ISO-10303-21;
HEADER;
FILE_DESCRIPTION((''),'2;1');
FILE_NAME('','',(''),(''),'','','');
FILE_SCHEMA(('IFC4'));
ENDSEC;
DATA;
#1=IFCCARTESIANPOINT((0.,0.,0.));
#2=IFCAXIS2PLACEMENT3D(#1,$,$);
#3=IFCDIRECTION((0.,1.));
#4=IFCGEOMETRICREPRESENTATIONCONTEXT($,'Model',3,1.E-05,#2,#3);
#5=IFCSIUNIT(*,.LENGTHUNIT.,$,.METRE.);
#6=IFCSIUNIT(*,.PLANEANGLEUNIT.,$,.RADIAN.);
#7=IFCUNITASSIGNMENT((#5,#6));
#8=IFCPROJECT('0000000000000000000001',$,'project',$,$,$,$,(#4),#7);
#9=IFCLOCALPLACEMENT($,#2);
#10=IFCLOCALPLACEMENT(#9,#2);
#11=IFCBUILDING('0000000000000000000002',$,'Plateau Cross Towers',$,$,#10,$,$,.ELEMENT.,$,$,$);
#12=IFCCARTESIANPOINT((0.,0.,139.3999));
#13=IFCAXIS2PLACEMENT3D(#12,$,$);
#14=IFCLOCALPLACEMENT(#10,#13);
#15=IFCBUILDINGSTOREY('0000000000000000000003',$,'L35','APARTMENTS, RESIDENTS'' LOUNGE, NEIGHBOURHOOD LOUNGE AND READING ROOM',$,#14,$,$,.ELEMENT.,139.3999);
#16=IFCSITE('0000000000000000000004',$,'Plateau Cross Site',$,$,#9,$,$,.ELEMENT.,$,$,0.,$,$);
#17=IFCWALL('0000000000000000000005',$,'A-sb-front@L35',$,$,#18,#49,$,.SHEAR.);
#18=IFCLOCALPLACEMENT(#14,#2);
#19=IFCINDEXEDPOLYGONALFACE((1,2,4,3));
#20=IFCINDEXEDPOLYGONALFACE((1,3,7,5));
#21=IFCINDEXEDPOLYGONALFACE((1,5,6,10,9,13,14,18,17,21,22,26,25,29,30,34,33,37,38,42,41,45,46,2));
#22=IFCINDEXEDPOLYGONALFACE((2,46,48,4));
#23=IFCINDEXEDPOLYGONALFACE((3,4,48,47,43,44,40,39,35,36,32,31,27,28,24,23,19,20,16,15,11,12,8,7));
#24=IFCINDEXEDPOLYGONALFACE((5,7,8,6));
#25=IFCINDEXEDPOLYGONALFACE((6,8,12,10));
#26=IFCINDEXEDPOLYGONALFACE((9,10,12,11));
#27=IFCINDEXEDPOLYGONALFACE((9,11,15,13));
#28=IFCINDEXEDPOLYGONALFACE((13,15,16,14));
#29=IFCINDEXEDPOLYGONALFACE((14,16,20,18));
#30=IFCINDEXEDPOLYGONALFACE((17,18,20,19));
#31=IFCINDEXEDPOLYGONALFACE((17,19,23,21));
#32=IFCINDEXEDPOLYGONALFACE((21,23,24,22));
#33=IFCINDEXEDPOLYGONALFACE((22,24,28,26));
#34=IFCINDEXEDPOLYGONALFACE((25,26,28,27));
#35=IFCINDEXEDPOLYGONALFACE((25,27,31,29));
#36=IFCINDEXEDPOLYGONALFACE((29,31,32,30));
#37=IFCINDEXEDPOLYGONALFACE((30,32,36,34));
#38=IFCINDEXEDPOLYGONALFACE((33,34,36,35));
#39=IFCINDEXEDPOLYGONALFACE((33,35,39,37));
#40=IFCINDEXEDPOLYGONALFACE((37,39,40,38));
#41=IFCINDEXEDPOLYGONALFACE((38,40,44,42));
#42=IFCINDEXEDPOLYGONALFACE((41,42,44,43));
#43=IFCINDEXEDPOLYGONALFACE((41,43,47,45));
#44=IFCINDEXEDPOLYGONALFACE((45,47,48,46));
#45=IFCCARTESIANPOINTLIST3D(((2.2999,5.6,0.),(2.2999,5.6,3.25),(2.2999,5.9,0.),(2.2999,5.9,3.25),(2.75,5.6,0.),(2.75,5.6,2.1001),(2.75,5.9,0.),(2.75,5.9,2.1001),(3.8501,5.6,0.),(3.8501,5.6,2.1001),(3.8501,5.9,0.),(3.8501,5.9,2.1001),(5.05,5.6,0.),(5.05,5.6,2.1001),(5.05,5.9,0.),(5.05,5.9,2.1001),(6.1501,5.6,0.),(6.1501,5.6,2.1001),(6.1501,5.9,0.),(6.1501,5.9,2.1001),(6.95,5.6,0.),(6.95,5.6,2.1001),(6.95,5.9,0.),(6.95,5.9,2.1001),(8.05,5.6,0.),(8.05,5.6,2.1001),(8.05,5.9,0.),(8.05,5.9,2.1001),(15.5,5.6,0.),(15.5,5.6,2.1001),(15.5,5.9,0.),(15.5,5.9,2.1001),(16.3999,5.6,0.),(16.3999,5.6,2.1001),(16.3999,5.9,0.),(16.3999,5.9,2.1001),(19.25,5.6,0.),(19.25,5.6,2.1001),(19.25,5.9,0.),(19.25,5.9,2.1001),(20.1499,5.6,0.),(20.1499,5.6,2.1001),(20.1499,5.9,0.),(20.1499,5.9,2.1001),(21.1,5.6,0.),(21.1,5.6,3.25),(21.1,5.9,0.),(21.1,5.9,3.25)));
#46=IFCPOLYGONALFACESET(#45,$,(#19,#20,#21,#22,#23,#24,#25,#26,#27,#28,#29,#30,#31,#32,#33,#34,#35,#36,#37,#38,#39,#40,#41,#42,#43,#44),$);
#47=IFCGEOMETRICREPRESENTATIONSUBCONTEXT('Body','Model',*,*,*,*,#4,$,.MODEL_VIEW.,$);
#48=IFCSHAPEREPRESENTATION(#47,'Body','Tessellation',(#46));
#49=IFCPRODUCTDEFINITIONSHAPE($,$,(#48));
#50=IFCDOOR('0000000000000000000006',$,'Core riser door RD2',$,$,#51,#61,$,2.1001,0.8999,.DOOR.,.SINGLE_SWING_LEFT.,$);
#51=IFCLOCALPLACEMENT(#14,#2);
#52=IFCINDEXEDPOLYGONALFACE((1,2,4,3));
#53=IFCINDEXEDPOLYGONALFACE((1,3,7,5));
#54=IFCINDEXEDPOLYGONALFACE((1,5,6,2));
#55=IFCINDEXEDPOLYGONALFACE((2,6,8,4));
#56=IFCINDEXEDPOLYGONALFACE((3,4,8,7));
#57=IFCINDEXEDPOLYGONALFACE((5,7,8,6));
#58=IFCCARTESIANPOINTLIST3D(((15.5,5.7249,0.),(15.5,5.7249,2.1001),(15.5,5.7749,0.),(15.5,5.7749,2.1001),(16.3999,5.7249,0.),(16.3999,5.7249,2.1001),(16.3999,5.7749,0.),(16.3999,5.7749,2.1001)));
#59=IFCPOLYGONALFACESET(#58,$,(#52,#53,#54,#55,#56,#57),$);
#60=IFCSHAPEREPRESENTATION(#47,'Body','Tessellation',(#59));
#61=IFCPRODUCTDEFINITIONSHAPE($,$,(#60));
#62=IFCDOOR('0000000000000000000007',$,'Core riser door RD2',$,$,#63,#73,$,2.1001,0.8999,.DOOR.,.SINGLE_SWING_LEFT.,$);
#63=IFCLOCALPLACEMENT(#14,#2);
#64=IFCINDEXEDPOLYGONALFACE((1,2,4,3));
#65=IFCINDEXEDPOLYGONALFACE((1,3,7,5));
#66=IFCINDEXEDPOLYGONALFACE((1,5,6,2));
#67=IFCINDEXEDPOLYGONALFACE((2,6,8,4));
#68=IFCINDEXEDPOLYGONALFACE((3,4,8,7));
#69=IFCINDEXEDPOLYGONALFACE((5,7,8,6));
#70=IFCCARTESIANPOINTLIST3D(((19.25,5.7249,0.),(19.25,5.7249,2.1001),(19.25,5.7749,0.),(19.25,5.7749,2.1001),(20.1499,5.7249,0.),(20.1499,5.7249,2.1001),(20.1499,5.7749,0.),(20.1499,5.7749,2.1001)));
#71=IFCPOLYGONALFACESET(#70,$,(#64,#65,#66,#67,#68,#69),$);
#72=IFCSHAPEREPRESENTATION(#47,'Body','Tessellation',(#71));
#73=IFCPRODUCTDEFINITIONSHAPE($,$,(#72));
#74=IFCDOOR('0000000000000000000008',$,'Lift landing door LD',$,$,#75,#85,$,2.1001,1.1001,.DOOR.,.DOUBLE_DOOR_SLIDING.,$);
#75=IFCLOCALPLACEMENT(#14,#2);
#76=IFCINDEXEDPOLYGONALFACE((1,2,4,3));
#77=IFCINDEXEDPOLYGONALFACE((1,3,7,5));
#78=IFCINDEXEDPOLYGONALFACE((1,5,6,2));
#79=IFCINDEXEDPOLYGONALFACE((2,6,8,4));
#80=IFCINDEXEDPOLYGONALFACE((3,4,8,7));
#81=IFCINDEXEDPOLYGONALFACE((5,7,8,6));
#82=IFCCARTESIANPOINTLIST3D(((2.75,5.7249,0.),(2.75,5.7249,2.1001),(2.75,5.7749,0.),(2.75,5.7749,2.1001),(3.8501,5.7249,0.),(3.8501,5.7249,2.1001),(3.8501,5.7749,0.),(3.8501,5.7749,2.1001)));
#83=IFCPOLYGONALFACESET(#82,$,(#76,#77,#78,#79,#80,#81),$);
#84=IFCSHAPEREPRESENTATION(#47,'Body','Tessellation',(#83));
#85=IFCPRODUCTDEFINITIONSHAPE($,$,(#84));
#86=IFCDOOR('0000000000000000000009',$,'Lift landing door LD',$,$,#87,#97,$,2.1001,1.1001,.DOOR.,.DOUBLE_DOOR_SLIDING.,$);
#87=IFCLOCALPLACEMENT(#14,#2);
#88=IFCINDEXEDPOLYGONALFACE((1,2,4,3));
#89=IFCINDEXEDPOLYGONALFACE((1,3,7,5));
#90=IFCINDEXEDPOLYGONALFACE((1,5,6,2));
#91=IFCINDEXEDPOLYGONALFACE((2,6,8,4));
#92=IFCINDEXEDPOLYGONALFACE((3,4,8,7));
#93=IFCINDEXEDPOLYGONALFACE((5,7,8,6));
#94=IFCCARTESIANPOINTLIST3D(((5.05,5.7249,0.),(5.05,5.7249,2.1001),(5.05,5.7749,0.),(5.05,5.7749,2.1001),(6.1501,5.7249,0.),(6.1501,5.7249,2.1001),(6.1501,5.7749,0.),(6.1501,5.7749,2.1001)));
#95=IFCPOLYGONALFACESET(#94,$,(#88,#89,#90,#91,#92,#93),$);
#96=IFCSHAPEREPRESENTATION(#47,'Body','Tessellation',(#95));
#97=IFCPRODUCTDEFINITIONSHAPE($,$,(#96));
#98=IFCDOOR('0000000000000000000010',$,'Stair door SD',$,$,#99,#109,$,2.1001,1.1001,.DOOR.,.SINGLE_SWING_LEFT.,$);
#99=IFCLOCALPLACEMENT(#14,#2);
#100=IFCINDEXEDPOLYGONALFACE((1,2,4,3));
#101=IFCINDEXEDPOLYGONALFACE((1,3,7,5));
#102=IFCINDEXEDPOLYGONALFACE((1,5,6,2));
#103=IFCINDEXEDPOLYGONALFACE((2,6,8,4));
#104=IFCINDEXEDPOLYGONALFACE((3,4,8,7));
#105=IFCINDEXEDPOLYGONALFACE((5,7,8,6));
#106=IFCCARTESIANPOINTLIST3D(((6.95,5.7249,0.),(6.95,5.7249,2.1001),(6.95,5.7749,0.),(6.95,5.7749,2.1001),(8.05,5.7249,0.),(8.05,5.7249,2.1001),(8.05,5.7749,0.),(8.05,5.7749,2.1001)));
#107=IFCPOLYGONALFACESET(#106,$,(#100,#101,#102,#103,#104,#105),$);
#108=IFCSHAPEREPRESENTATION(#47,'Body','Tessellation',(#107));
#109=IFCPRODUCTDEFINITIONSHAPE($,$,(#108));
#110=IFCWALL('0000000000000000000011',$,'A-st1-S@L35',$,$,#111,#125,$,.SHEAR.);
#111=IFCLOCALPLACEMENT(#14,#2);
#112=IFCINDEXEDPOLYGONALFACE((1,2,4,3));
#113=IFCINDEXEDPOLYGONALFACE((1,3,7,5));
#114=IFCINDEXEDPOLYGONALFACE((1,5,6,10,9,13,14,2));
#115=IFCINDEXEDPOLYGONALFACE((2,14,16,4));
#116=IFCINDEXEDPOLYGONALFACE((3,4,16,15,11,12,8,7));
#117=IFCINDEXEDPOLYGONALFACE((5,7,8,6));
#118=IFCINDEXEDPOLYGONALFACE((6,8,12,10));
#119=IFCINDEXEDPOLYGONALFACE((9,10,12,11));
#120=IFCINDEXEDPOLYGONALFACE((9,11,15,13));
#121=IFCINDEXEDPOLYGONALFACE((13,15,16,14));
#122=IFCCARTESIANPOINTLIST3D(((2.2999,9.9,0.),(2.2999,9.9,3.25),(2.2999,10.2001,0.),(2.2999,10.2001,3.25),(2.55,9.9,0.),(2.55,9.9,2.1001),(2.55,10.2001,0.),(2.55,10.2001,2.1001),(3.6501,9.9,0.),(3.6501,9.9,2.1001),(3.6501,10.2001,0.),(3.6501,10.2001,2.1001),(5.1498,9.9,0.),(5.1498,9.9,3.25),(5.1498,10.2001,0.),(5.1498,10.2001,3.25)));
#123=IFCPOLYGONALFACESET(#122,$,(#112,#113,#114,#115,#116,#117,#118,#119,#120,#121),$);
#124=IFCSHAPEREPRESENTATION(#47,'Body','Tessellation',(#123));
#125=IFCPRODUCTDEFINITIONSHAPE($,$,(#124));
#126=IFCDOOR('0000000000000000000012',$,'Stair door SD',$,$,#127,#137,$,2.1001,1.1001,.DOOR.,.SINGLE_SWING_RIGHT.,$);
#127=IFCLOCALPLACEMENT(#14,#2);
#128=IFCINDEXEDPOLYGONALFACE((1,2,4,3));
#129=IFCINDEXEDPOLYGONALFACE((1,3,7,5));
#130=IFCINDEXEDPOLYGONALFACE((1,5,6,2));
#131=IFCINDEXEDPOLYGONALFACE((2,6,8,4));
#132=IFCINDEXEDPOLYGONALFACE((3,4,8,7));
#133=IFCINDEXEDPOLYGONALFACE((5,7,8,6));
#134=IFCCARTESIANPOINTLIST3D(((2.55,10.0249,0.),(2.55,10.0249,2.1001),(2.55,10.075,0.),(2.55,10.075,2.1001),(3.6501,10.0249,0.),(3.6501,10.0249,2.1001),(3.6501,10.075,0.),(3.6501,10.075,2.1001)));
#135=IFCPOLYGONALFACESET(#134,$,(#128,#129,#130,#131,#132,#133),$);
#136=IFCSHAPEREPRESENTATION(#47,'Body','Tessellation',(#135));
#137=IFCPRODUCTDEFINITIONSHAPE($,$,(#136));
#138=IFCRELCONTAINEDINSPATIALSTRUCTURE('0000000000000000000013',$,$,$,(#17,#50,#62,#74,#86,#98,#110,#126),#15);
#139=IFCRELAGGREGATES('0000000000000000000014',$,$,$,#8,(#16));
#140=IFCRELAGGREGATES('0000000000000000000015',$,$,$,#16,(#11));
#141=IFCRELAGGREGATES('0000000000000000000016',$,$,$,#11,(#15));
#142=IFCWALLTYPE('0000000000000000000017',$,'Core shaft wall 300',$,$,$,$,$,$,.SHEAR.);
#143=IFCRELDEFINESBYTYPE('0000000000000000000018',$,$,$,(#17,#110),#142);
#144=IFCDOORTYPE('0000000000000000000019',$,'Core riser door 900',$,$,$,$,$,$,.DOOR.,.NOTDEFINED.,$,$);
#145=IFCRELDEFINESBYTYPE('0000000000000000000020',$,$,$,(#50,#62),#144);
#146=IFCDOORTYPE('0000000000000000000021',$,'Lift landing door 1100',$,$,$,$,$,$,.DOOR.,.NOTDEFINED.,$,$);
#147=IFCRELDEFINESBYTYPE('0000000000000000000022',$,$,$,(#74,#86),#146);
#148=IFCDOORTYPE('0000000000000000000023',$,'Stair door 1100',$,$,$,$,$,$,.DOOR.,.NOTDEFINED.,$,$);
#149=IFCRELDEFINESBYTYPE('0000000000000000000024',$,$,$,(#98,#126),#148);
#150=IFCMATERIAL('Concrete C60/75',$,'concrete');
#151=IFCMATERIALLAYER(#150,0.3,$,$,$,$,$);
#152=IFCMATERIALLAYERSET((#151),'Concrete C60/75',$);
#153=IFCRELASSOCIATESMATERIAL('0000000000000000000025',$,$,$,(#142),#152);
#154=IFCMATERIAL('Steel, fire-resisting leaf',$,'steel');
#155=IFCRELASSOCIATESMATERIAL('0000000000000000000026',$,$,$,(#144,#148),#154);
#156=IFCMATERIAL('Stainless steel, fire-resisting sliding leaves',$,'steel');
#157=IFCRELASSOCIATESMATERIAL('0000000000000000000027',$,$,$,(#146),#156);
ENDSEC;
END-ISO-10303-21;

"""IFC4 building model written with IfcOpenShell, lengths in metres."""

from ifc_helpers import new_model, si_unit, direction, frame, frame_2d, origin, place, context, subcontext, project, spatial, rectangle, extrude, material, layer, layer_set, type_object, element, fill, save


model = new_model("IFC4")

# Units and contexts
model_context = context("Model", 3, precision=1e-05, world=origin(), true_north=direction((0.0, 1.0)))
body_context = subcontext(model_context, "Body", "Model", "MODEL_VIEW")
ifc_project = project(units=[si_unit("LENGTHUNIT", "METRE"), si_unit("PLANEANGLEUNIT", "RADIAN")], contexts=[model_context])

# Site, building, storey
site_placement = place(None, origin())
site = spatial("IfcSite", under=ifc_project, at=site_placement, Name="Plateau Cross Site", CompositionType="ELEMENT", RefElevation=0.0)
building_placement = place(site_placement, origin())
building = spatial("IfcBuilding", under=site, at=building_placement, Name="Plateau Cross Towers", CompositionType="ELEMENT")
storey_placement = place(building_placement, frame((0.0, 0.0, 139.3999)))
storey = spatial("IfcBuildingStorey", under=building, at=storey_placement, Name="L35", Description="APARTMENTS, RESIDENTS' LOUNGE, NEIGHBOURHOOD LOUNGE AND READING ROOM", CompositionType="ELEMENT", Elevation=139.3999)

# Shared definitions
ifc_material_1 = material(Name="Steel, fire-resisting leaf", Category="steel")

# Shared definitions
ifc_material_2 = material(Name="Concrete C60/75", Category="concrete")
ifc_layer_1 = layer(ifc_material_2, 0.3)
ifc_layer_set_1 = layer_set([ifc_layer_1], Name="Concrete C60/75")
wall_type_1 = type_object("IfcWallType", Name="Core shaft wall 300", PredefinedType="SHEAR", material=ifc_layer_set_1)

# Wall, openings, doors
wall_1_placement = place(storey_placement, frame((2.3, 5.75, 0.0), z_axis=(0.0, 0.0, 1.0), x_axis=(1.0, 0.0, 0.0)))
wall_1 = element("IfcWall", 1, at=wall_1_placement, inside=storey, type_object=wall_type_1, Name="A-sb-front@L35", PredefinedType="SHEAR", context=body_context, shape_type="SweptSolid", body=[
    extrude(rectangle(XDim=18.8, YDim=0.3, at=frame_2d((9.3999, 0.0))), origin(), (0.0, 0.0, 1.0), 3.25),
])
opening_1_placement = place(wall_1_placement, frame((4.6499, 0.0, 0.0)))
opening_1 = element("IfcOpeningElement", 2, at=opening_1_placement, cuts=wall_1, PredefinedType="OPENING", context=body_context, shape_type="SweptSolid", body=[
    extrude(rectangle(XDim=1.1001, YDim=2.1001, at=frame_2d((0.55, 1.05))), frame((0.0, 0.1599, 0.0), z_axis=(0.0, -1.0, 0.0), x_axis=(1.0, 0.0, 0.0)), (0.0, 0.0, 1.0), 0.3201),
])
opening_2_placement = place(wall_1_placement, frame((0.45, 0.0, 0.0)))
opening_2 = element("IfcOpeningElement", 3, at=opening_2_placement, cuts=wall_1, PredefinedType="OPENING", context=body_context, shape_type="SweptSolid", body=[
    extrude(rectangle(XDim=1.1001, YDim=2.1001, at=frame_2d((0.55, 1.05))), frame((0.0, 0.1599, 0.0), z_axis=(0.0, -1.0, 0.0), x_axis=(1.0, 0.0, 0.0)), (0.0, 0.0, 1.0), 0.3201),
])
opening_3_placement = place(wall_1_placement, frame((2.75, 0.0, 0.0)))
opening_3 = element("IfcOpeningElement", 4, at=opening_3_placement, cuts=wall_1, PredefinedType="OPENING", context=body_context, shape_type="SweptSolid", body=[
    extrude(rectangle(XDim=1.1001, YDim=2.1001, at=frame_2d((0.55, 1.05))), frame((0.0, 0.1599, 0.0), z_axis=(0.0, -1.0, 0.0), x_axis=(1.0, 0.0, 0.0)), (0.0, 0.0, 1.0), 0.3201),
])
opening_4_placement = place(wall_1_placement, frame((13.2, 0.0, 0.0)))
opening_4 = element("IfcOpeningElement", 5, at=opening_4_placement, cuts=wall_1, PredefinedType="OPENING", context=body_context, shape_type="SweptSolid", body=[
    extrude(rectangle(XDim=0.8999, YDim=2.1001, at=frame_2d((0.45, 1.05))), frame((0.0, 0.1599, 0.0), z_axis=(0.0, -1.0, 0.0), x_axis=(1.0, 0.0, 0.0)), (0.0, 0.0, 1.0), 0.3201),
])
opening_5_placement = place(wall_1_placement, frame((16.95, 0.0, 0.0)))
opening_5 = element("IfcOpeningElement", 6, at=opening_5_placement, cuts=wall_1, PredefinedType="OPENING", context=body_context, shape_type="SweptSolid", body=[
    extrude(rectangle(XDim=0.8999, YDim=2.1001, at=frame_2d((0.45, 1.05))), frame((0.0, 0.1599, 0.0), z_axis=(0.0, -1.0, 0.0), x_axis=(1.0, 0.0, 0.0)), (0.0, 0.0, 1.0), 0.3201),
])
door_type_1 = type_object("IfcDoorType", Name="Core riser door 900", OperationType="NOTDEFINED", PredefinedType="DOOR", material=ifc_material_1)
door_1_placement = place(opening_4_placement, origin())
door_1 = element("IfcDoor", 7, at=door_1_placement, inside=storey, type_object=door_type_1, Name="Core riser door RD2", OperationType="SINGLE_SWING_LEFT", OverallHeight=2.1001, OverallWidth=0.8999, PredefinedType="DOOR", context=body_context, shape_type="SweptSolid", body=[
    extrude(rectangle(XDim=0.8999, YDim=2.1001, at=frame_2d((0.45, 1.05))), frame((0.0, 0.0249, 0.0), z_axis=(0.0, -1.0, 0.0), x_axis=(1.0, 0.0, 0.0)), (0.0, 0.0, 1.0), 0.05),
])
fill(opening_4, door_1)
door_2_placement = place(opening_5_placement, origin())
door_2 = element("IfcDoor", 8, at=door_2_placement, inside=storey, type_object=door_type_1, Name="Core riser door RD2", OperationType="SINGLE_SWING_LEFT", OverallHeight=2.1001, OverallWidth=0.8999, PredefinedType="DOOR", context=body_context, shape_type="SweptSolid", body=[
    extrude(rectangle(XDim=0.8999, YDim=2.1001, at=frame_2d((0.45, 1.05))), frame((0.0, 0.0249, 0.0), z_axis=(0.0, -1.0, 0.0), x_axis=(1.0, 0.0, 0.0)), (0.0, 0.0, 1.0), 0.05),
])
fill(opening_5, door_2)
ifc_material_3 = material(Name="Stainless steel, fire-resisting sliding leaves", Category="steel")
door_type_2 = type_object("IfcDoorType", Name="Lift landing door 1100", OperationType="NOTDEFINED", PredefinedType="DOOR", material=ifc_material_3)
door_3_placement = place(opening_2_placement, origin())
door_3 = element("IfcDoor", 9, at=door_3_placement, inside=storey, type_object=door_type_2, Name="Lift landing door LD", OperationType="DOUBLE_DOOR_SLIDING", OverallHeight=2.1001, OverallWidth=1.1001, PredefinedType="DOOR", context=body_context, shape_type="SweptSolid", body=[
    extrude(rectangle(XDim=1.1001, YDim=2.1001, at=frame_2d((0.55, 1.05))), frame((0.0, 0.0249, 0.0), z_axis=(0.0, -1.0, 0.0), x_axis=(1.0, 0.0, 0.0)), (0.0, 0.0, 1.0), 0.05),
])
fill(opening_2, door_3)
door_4_placement = place(opening_3_placement, origin())
door_4 = element("IfcDoor", 10, at=door_4_placement, inside=storey, type_object=door_type_2, Name="Lift landing door LD", OperationType="DOUBLE_DOOR_SLIDING", OverallHeight=2.1001, OverallWidth=1.1001, PredefinedType="DOOR", context=body_context, shape_type="SweptSolid", body=[
    extrude(rectangle(XDim=1.1001, YDim=2.1001, at=frame_2d((0.55, 1.05))), frame((0.0, 0.0249, 0.0), z_axis=(0.0, -1.0, 0.0), x_axis=(1.0, 0.0, 0.0)), (0.0, 0.0, 1.0), 0.05),
])
fill(opening_3, door_4)
door_type_3 = type_object("IfcDoorType", Name="Stair door 1100", OperationType="NOTDEFINED", PredefinedType="DOOR", material=ifc_material_1)
door_5_placement = place(opening_1_placement, origin())
door_5 = element("IfcDoor", 11, at=door_5_placement, inside=storey, type_object=door_type_3, Name="Stair door SD", OperationType="SINGLE_SWING_LEFT", OverallHeight=2.1001, OverallWidth=1.1001, PredefinedType="DOOR", context=body_context, shape_type="SweptSolid", body=[
    extrude(rectangle(XDim=1.1001, YDim=2.1001, at=frame_2d((0.55, 1.05))), frame((0.0, 0.0249, 0.0), z_axis=(0.0, -1.0, 0.0), x_axis=(1.0, 0.0, 0.0)), (0.0, 0.0, 1.0), 0.05),
])
fill(opening_1, door_5)

# Wall, opening, door
wall_2_placement = place(storey_placement, frame((2.3, 10.05, 0.0), z_axis=(0.0, 0.0, 1.0), x_axis=(1.0, 0.0, 0.0)))
wall_2 = element("IfcWall", 12, at=wall_2_placement, inside=storey, type_object=wall_type_1, Name="A-st1-S@L35", PredefinedType="SHEAR", context=body_context, shape_type="SweptSolid", body=[
    extrude(rectangle(XDim=2.8499, YDim=0.3, at=frame_2d((1.4248, 0.0))), origin(), (0.0, 0.0, 1.0), 3.25),
])
opening_6_placement = place(wall_2_placement, frame((0.25, 0.0, 0.0)))
opening_6 = element("IfcOpeningElement", 13, at=opening_6_placement, cuts=wall_2, PredefinedType="OPENING", context=body_context, shape_type="SweptSolid", body=[
    extrude(rectangle(XDim=1.1001, YDim=2.1001, at=frame_2d((0.55, 1.05))), frame((0.0, 0.1599, 0.0), z_axis=(0.0, -1.0, 0.0), x_axis=(1.0, 0.0, 0.0)), (0.0, 0.0, 1.0), 0.3201),
])
door_6_placement = place(opening_6_placement, origin())
door_6 = element("IfcDoor", 14, at=door_6_placement, inside=storey, type_object=door_type_3, Name="Stair door SD", OperationType="SINGLE_SWING_RIGHT", OverallHeight=2.1001, OverallWidth=1.1001, PredefinedType="DOOR", context=body_context, shape_type="SweptSolid", body=[
    extrude(rectangle(XDim=1.1001, YDim=2.1001, at=frame_2d((0.55, 1.05))), frame((0.0, 0.0249, 0.0), z_axis=(0.0, -1.0, 0.0), x_axis=(1.0, 0.0, 0.0)), (0.0, 0.0, 1.0), 0.05),
])
fill(opening_6, door_6)

save(model, "model.ifc")
